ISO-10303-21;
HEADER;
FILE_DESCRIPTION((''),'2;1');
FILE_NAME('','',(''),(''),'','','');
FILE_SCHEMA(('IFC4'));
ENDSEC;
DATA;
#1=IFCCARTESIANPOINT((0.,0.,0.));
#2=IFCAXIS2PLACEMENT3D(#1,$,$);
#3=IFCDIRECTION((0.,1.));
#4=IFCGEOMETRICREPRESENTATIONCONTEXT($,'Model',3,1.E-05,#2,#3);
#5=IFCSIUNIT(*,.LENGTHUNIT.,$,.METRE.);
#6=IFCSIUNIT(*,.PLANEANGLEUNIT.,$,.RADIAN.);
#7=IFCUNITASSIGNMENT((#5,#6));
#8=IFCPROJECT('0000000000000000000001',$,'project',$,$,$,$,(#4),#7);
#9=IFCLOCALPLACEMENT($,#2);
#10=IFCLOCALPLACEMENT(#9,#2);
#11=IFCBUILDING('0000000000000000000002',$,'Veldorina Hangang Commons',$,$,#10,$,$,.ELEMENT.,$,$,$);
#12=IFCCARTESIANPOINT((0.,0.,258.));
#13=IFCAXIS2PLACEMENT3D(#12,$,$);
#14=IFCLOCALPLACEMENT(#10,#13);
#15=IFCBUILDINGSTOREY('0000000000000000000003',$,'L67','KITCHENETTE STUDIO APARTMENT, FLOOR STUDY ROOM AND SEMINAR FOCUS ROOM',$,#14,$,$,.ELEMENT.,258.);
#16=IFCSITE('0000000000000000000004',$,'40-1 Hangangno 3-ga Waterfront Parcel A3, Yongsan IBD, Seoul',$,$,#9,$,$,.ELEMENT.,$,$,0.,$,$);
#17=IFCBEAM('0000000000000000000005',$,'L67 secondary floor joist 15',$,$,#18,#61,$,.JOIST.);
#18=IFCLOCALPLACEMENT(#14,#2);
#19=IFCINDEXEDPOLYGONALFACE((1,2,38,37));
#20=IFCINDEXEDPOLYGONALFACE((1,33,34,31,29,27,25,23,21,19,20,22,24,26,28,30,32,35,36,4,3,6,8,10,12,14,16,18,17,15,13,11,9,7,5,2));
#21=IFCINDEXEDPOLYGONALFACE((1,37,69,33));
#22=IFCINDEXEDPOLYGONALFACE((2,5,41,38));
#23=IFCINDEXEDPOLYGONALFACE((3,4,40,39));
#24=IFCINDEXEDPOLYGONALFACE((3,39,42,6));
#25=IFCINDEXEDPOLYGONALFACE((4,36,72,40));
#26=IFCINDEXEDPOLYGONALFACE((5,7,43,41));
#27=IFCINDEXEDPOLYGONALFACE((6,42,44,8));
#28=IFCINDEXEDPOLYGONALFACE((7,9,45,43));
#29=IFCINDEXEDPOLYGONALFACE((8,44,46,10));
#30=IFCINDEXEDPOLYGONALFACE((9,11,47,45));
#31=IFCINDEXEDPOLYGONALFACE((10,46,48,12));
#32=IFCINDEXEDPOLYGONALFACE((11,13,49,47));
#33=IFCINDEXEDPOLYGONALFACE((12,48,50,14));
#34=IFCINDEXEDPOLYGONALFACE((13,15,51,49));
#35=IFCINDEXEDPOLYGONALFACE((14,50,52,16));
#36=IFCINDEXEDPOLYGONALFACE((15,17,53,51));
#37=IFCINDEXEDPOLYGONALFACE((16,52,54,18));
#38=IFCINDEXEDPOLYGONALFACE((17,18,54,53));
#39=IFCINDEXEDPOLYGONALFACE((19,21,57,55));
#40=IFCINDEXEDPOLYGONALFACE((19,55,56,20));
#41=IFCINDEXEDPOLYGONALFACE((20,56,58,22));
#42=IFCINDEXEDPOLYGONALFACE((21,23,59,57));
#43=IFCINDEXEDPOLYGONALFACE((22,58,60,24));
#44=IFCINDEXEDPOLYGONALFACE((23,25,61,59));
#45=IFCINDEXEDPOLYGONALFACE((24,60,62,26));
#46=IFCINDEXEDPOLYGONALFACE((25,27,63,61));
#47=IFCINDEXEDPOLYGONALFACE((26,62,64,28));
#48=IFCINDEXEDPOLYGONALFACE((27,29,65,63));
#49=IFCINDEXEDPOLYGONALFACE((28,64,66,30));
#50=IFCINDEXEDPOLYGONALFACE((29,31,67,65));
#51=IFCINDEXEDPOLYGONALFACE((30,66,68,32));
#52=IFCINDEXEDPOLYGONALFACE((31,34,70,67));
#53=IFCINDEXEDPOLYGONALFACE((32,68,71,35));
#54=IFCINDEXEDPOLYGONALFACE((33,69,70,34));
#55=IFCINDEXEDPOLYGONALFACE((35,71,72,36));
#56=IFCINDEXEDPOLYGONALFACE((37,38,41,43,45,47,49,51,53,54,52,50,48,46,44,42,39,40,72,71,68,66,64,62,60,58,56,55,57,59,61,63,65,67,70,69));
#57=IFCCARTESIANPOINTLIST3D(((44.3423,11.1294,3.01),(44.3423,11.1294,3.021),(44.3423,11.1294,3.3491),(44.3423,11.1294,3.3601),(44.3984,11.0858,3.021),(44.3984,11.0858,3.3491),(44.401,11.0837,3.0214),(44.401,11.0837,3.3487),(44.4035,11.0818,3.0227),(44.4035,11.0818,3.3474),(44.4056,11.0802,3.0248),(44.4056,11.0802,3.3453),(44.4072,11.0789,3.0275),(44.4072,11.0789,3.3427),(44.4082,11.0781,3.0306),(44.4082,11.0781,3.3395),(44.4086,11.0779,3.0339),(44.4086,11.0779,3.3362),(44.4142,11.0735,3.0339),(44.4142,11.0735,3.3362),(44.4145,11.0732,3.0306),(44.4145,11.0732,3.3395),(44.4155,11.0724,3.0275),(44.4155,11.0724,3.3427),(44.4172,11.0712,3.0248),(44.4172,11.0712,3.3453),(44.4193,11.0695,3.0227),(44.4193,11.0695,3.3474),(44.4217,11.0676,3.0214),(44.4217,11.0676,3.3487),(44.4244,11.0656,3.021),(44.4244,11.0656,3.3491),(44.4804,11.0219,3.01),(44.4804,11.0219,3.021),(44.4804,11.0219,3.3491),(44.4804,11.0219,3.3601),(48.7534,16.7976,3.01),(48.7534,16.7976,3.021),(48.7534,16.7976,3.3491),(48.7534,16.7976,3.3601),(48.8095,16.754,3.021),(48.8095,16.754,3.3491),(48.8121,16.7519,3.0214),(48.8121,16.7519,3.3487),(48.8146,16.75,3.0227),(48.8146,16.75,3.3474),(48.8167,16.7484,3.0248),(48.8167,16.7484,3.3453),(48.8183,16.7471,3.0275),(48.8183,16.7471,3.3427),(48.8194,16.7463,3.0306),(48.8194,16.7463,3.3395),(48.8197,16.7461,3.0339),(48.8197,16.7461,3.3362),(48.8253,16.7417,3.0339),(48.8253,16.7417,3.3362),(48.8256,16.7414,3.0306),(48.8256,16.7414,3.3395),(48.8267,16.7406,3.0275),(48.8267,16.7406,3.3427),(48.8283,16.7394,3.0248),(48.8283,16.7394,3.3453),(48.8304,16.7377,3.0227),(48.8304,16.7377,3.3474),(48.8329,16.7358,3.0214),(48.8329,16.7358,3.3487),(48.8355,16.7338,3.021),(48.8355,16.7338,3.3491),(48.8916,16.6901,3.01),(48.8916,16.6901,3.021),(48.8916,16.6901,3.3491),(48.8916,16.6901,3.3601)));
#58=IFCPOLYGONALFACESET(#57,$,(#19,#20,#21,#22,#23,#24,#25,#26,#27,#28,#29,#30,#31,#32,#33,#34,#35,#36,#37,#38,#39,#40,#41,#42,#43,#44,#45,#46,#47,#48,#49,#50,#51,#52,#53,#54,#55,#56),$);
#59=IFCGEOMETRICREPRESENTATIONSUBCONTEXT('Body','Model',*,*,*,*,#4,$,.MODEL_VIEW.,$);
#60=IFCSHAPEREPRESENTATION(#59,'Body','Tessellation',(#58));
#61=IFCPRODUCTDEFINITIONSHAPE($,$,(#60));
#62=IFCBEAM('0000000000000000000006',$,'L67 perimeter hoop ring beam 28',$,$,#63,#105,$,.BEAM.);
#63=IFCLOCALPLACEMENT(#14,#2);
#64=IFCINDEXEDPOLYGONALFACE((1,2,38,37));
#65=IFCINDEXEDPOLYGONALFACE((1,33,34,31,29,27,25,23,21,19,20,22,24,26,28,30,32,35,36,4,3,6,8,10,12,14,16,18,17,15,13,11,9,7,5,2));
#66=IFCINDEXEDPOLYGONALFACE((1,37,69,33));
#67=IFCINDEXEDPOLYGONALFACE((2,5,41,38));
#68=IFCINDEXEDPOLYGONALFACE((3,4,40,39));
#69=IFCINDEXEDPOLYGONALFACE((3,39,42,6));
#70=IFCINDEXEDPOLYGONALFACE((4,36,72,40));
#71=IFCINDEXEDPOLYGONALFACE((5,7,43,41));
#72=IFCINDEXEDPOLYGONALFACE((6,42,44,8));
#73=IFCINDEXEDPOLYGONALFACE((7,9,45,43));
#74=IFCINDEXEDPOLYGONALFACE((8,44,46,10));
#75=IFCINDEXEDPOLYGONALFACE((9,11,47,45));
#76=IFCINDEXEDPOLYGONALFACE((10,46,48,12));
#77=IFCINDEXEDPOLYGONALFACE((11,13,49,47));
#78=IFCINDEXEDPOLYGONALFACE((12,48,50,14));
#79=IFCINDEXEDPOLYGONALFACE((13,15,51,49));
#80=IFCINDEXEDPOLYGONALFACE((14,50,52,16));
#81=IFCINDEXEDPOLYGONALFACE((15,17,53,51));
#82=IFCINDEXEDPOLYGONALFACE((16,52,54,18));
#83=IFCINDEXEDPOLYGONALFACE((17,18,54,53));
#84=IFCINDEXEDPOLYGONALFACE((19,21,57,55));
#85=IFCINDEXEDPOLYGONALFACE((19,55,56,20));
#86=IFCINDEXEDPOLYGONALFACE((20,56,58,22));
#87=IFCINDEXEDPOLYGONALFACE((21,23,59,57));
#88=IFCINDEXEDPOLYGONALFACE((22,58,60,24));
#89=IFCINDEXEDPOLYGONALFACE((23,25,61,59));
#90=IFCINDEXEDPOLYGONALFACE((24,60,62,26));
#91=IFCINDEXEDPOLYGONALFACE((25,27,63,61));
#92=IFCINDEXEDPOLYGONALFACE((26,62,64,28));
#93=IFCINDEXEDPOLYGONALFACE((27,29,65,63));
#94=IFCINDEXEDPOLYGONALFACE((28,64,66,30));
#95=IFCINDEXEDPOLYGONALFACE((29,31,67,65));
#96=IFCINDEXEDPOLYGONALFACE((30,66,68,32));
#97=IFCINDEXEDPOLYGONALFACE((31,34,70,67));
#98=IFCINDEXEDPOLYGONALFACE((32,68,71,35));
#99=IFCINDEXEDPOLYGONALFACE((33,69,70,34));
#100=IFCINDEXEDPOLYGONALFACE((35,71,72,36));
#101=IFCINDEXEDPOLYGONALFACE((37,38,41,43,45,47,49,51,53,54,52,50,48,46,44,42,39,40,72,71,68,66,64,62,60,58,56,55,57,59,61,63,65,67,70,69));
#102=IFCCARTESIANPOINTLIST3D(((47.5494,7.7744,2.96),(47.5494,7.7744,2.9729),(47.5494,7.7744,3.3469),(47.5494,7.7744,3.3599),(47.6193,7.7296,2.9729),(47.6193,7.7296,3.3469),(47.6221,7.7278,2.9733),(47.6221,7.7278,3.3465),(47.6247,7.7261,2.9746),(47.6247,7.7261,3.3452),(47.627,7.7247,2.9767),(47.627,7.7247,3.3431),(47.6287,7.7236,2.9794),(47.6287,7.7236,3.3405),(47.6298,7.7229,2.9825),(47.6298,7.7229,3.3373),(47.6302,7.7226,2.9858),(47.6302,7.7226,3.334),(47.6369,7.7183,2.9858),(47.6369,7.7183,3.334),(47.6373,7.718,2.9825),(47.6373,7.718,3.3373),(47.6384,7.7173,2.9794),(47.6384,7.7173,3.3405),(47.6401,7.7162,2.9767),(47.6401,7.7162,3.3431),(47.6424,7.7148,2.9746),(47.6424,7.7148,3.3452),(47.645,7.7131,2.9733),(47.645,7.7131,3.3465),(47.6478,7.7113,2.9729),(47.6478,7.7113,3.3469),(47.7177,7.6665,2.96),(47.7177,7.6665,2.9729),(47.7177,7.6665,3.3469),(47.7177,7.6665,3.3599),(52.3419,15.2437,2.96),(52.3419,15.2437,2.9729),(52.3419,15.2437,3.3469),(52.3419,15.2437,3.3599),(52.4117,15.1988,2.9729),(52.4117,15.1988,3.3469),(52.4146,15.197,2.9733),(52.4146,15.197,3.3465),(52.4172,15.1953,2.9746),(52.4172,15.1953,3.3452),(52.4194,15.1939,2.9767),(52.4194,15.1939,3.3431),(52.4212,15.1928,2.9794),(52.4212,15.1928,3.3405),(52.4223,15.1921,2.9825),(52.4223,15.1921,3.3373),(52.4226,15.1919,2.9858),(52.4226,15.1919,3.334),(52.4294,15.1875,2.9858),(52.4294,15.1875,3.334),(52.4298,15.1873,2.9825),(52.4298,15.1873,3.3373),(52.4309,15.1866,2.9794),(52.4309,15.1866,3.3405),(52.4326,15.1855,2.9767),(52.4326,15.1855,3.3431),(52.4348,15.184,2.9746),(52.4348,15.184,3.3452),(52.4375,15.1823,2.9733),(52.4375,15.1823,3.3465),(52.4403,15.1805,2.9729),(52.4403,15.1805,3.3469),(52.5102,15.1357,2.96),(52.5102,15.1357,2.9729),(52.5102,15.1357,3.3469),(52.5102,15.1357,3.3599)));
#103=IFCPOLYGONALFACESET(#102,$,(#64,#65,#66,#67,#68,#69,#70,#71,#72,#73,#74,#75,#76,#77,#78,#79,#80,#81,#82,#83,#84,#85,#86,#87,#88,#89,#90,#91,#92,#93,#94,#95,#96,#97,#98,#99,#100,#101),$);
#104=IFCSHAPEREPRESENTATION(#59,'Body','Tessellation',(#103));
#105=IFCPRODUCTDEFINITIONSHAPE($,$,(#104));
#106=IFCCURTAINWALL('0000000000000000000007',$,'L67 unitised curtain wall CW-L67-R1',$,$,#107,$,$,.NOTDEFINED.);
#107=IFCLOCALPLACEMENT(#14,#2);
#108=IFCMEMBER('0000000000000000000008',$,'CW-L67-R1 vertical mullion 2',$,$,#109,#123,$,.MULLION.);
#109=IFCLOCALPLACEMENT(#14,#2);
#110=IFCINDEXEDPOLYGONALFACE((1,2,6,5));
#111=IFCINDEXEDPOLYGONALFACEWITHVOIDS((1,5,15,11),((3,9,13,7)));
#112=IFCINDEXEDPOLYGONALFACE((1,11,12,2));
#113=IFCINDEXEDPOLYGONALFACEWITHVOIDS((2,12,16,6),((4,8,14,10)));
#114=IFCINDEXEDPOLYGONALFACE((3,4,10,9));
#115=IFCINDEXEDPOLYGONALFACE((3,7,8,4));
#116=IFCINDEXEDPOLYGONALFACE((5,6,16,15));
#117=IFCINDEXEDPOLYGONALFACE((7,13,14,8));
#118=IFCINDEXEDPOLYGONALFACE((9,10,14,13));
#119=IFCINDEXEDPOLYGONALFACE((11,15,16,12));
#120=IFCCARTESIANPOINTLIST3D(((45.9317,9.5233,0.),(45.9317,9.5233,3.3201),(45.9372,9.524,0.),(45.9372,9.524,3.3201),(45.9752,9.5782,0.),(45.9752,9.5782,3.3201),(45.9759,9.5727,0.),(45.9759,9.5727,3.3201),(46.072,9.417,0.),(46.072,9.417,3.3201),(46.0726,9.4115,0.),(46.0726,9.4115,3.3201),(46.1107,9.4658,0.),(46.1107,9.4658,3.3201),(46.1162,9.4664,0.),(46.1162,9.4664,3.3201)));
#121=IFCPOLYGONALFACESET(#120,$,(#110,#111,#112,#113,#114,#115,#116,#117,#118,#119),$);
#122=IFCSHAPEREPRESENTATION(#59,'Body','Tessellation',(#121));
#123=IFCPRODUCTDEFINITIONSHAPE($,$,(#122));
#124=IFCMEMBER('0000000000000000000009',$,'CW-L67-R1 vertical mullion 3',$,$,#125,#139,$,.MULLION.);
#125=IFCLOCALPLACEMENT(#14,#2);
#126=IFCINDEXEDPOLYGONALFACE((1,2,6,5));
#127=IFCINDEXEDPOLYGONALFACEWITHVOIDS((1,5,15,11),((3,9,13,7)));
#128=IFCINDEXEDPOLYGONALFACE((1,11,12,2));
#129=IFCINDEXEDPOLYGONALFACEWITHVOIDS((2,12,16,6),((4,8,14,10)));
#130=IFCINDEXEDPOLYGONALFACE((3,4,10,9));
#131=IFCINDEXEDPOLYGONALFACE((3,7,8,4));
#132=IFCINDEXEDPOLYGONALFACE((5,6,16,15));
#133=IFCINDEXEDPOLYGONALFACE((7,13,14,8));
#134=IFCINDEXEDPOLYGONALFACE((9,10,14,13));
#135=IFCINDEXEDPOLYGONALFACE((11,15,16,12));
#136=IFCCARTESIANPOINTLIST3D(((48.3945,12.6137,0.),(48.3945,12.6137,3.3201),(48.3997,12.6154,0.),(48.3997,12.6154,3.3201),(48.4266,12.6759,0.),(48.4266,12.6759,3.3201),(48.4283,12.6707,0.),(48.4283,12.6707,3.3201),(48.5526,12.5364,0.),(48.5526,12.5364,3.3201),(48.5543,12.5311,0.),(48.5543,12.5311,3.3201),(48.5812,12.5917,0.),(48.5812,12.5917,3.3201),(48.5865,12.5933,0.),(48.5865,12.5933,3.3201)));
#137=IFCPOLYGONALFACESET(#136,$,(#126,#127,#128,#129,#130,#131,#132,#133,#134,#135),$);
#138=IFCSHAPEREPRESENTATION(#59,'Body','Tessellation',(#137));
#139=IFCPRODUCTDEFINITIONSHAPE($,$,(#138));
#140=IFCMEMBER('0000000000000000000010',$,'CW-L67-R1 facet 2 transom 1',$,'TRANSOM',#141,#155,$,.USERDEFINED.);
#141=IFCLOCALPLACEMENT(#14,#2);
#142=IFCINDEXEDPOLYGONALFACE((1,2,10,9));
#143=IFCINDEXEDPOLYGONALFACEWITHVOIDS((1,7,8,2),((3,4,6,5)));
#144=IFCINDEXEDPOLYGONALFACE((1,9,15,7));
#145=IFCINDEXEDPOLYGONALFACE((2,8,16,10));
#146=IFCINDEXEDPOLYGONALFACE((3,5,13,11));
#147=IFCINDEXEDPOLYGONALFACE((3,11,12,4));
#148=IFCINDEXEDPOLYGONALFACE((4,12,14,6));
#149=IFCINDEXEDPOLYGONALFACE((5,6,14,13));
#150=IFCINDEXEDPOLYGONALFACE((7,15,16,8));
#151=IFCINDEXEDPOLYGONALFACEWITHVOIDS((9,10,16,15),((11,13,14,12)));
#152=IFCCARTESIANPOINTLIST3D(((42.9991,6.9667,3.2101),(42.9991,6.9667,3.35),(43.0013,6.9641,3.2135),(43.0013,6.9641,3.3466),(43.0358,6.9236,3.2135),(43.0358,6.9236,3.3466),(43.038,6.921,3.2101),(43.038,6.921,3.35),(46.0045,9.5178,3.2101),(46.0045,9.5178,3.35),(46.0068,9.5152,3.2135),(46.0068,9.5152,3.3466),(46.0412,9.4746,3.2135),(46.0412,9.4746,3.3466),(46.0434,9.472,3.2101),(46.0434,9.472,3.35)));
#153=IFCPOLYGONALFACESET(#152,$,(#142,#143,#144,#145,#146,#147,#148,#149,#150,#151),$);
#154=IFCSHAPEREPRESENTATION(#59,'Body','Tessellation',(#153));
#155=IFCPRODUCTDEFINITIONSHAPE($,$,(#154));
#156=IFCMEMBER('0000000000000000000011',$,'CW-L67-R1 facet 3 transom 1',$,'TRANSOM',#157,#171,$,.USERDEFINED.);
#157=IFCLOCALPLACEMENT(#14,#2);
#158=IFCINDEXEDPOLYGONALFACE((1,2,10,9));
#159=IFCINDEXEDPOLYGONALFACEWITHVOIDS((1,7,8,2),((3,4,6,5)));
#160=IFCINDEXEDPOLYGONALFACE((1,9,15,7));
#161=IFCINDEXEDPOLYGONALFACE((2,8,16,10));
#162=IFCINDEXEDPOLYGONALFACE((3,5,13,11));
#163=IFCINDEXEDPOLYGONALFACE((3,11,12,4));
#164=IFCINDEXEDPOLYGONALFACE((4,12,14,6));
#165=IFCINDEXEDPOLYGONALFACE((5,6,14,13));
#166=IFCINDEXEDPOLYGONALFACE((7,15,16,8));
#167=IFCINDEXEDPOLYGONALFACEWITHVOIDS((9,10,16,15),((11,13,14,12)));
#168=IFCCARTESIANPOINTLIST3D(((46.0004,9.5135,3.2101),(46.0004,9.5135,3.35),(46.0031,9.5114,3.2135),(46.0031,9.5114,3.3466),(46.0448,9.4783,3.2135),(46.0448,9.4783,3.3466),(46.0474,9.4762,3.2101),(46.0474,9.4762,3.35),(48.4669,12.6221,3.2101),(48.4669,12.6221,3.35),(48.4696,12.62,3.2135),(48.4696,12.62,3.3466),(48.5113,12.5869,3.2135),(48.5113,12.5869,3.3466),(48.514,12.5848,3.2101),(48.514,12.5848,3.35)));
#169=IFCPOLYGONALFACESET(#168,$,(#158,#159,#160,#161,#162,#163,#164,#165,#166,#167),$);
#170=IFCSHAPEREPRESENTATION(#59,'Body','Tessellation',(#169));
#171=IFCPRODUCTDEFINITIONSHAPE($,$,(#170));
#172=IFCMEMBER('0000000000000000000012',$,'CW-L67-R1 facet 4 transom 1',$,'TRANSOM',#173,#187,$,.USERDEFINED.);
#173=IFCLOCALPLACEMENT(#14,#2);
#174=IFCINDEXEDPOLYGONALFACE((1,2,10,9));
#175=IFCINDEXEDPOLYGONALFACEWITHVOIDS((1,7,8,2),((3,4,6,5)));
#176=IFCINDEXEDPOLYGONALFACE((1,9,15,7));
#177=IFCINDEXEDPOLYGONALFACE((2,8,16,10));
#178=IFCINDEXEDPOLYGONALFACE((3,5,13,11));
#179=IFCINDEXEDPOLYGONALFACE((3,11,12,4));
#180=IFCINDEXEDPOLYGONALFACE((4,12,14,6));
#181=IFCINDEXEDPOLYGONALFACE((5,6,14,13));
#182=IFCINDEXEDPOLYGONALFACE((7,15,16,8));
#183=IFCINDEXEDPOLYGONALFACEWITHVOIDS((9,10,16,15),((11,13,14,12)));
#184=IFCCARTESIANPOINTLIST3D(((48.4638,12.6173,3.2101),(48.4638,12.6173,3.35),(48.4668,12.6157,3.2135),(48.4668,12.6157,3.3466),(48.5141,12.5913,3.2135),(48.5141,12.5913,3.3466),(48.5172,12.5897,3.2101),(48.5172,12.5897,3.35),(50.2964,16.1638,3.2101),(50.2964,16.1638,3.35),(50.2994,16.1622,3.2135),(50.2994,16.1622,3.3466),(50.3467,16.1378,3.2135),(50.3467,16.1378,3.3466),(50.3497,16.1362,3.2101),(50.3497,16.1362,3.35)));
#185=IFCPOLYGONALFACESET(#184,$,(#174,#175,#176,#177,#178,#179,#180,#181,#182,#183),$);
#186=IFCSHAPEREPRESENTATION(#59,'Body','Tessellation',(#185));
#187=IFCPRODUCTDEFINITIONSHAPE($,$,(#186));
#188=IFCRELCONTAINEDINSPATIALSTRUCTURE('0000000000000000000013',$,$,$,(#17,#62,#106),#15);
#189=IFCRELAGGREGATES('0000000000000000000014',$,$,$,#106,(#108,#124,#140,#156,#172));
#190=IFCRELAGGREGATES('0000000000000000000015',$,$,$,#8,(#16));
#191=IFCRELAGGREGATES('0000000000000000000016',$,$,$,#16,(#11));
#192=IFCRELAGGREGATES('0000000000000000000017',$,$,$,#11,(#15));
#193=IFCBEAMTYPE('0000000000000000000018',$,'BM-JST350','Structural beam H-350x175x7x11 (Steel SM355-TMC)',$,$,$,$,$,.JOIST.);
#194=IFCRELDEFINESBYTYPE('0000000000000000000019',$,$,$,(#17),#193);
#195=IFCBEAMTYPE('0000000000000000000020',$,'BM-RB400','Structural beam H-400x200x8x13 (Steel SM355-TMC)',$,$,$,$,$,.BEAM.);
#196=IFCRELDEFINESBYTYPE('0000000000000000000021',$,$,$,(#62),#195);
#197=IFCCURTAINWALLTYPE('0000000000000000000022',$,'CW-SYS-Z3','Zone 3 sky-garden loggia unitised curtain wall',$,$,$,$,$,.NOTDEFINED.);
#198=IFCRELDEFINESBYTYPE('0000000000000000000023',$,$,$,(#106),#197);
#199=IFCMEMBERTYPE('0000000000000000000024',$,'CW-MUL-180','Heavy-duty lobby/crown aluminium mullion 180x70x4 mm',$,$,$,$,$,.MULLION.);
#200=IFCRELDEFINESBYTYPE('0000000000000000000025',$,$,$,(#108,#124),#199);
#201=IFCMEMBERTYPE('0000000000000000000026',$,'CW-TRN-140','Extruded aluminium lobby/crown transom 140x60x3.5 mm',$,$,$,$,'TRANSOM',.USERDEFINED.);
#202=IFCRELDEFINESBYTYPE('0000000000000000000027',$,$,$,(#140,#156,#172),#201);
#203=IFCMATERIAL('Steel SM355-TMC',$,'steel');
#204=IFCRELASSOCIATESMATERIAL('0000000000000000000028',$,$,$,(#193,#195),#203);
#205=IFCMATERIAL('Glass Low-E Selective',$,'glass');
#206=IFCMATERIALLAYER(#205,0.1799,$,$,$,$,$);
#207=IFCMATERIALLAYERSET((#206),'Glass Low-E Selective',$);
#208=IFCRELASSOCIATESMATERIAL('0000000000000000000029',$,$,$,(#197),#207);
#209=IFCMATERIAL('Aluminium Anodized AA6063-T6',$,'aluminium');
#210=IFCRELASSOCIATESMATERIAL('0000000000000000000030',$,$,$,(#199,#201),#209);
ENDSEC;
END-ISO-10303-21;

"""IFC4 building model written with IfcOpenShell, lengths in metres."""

from ifc_helpers import new_model, si_unit, direction, frame, origin, origin_2d, place, context, subcontext, project, spatial, hollow_rectangle, i_section, extrude, material, layer, layer_set, material_profile, profile_set, type_object, element, aggregate, save


model = new_model("IFC4")

# Units and contexts
model_context = context("Model", 3, precision=1e-05, world=origin(), true_north=direction((0.0, 1.0)))
body_context = subcontext(model_context, "Body", "Model", "MODEL_VIEW")
ifc_project = project(units=[si_unit("LENGTHUNIT", "METRE"), si_unit("PLANEANGLEUNIT", "RADIAN")], contexts=[model_context])

# Site, building, storey
site_placement = place(None, origin())
site = spatial("IfcSite", under=ifc_project, at=site_placement, Name="40-1 Hangangno 3-ga Waterfront Parcel A3, Yongsan IBD, Seoul", CompositionType="ELEMENT", RefElevation=0.0)
building_placement = place(site_placement, origin())
building = spatial("IfcBuilding", under=site, at=building_placement, Name="Veldorina Hangang Commons", CompositionType="ELEMENT")
storey_placement = place(building_placement, frame((0.0, 0.0, 258.0)))
storey = spatial("IfcBuildingStorey", under=building, at=storey_placement, Name="L67", Description="KITCHENETTE STUDIO APARTMENT, FLOOR STUDY ROOM AND SEMINAR FOCUS ROOM", CompositionType="ELEMENT", Elevation=258.0)

# Beams
ifc_material_1 = material(Name="Steel SM355-TMC", Category="steel")
ifc_material_profile_1 = material_profile(ifc_material_1, i_section(OverallWidth=0.175, OverallDepth=0.3501, WebThickness=0.0071, FlangeThickness=0.011, FilletRadius=0.0129, at=origin_2d()), Name="H-350x175x7x11")
ifc_profile_set_1 = profile_set([ifc_material_profile_1], Name="Steel SM355-TMC")
beam_type_1 = type_object("IfcBeamType", Name="BM-JST350", Description="Structural beam H-350x175x7x11 (Steel SM355-TMC)", PredefinedType="JOIST", material=ifc_profile_set_1)
beam_1_placement = place(storey_placement, frame((44.4114, 11.0757, 3.1851), z_axis=(0.614159, 0.789182, 0.0), x_axis=(-0.789182, 0.614159, 0.0)))
element("IfcBeam", 1, at=beam_1_placement, inside=storey, type_object=beam_type_1, Name="L67 secondary floor joist 15", PredefinedType="JOIST", context=body_context, shape_type="SweptSolid", body=[
    extrude(i_section(OverallWidth=0.175, OverallDepth=0.3501, WebThickness=0.0071, FlangeThickness=0.011, FilletRadius=0.0129, at=origin_2d()), origin(), (0.0, 0.0, 1.0), 7.1824),
])
ifc_material_profile_2 = material_profile(ifc_material_1, i_section(OverallWidth=0.2, OverallDepth=0.3999, WebThickness=0.0081, FlangeThickness=0.0129, FilletRadius=0.0129, at=origin_2d()), Name="H-400x200x8x13")
ifc_profile_set_2 = profile_set([ifc_material_profile_2], Name="Steel SM355-TMC")
beam_type_2 = type_object("IfcBeamType", Name="BM-RB400", Description="Structural beam H-400x200x8x13 (Steel SM355-TMC)", PredefinedType="BEAM", material=ifc_profile_set_2)
beam_2_placement = place(storey_placement, frame((47.6335, 7.7205, 3.1599), z_axis=(0.540026, 0.841648, 0.0), x_axis=(-0.841648, 0.540026, 0.0)))
element("IfcBeam", 2, at=beam_2_placement, inside=storey, type_object=beam_type_2, Name="L67 perimeter hoop ring beam 28", PredefinedType="BEAM", context=body_context, shape_type="SweptSolid", body=[
    extrude(i_section(OverallWidth=0.2, OverallDepth=0.3999, WebThickness=0.0081, FlangeThickness=0.0129, FilletRadius=0.0129, at=origin_2d()), origin(), (0.0, 0.0, 1.0), 8.8745),
])

# Curtain wall, members
ifc_material_2 = material(Name="Glass Low-E Selective", Category="glass")
ifc_layer_1 = layer(ifc_material_2, 0.1799)
ifc_layer_set_1 = layer_set([ifc_layer_1], Name="Glass Low-E Selective")
curtain_wall_type = type_object("IfcCurtainWallType", Name="CW-SYS-Z3", Description="Zone 3 sky-garden loggia unitised curtain wall", PredefinedType="NOTDEFINED", material=ifc_layer_set_1)
curtain_wall_placement = place(storey_placement, origin())
curtain_wall = element("IfcCurtainWall", 3, at=curtain_wall_placement, inside=storey, type_object=curtain_wall_type, Name="L67 unitised curtain wall CW-L67-R1", PredefinedType="NOTDEFINED")
ifc_material_3 = material(Name="Aluminium Anodized AA6063-T6", Category="aluminium")
ifc_material_profile_3 = material_profile(ifc_material_3, hollow_rectangle(XDim=0.0701, YDim=0.1799, WallThickness=0.0039, at=origin_2d()), Name="ALU-RHS-180x70x4")
ifc_profile_set_3 = profile_set([ifc_material_profile_3], Name="Aluminium Anodized AA6063-T6")
member_type_1 = type_object("IfcMemberType", Name="CW-MUL-180", Description="Heavy-duty lobby/crown aluminium mullion 180x70x4 mm", PredefinedType="MULLION", material=ifc_profile_set_3)
member_1_placement = place(storey_placement, frame((46.0239, 9.4949, 0.0), z_axis=(0.0, 0.0, 1.0), x_axis=(0.621572, 0.783357, 0.0)))
member_1 = element("IfcMember", 4, at=member_1_placement, type_object=member_type_1, Name="CW-L67-R1 vertical mullion 2", PredefinedType="MULLION", context=body_context, shape_type="SweptSolid", body=[
    extrude(hollow_rectangle(XDim=0.0701, YDim=0.1799, WallThickness=0.0039, at=origin_2d()), origin(), (0.0, 0.0, 1.0), 3.3201),
])
member_2_placement = place(storey_placement, frame((48.4905, 12.6035, 0.0), z_axis=(0.0, 0.0, 1.0), x_axis=(0.459084, 0.888393, 0.0)))
member_2 = element("IfcMember", 5, at=member_2_placement, type_object=member_type_1, Name="CW-L67-R1 vertical mullion 3", PredefinedType="MULLION", context=body_context, shape_type="SweptSolid", body=[
    extrude(hollow_rectangle(XDim=0.0701, YDim=0.1799, WallThickness=0.0039, at=origin_2d()), origin(), (0.0, 0.0, 1.0), 3.3201),
])
ifc_material_profile_4 = material_profile(ifc_material_3, hollow_rectangle(XDim=0.0601, YDim=0.1399, WallThickness=0.0034, at=origin_2d()), Name="ALU-RHS-140x60x3.5")
ifc_profile_set_4 = profile_set([ifc_material_profile_4], Name="Aluminium Anodized AA6063-T6")
member_type_2 = type_object("IfcMemberType", Name="CW-TRN-140", Description="Extruded aluminium lobby/crown transom 140x60x3.5 mm", ElementType="TRANSOM", PredefinedType="USERDEFINED", material=ifc_profile_set_4)
member_3_placement = place(storey_placement, frame((43.0186, 6.9438, 3.28), z_axis=(0.762382, 0.647127, 0.0), x_axis=(-0.647127, 0.762382, 0.0)))
member_3 = element("IfcMember", 6, at=member_3_placement, type_object=member_type_2, Name="CW-L67-R1 facet 2 transom 1", ObjectType="TRANSOM", PredefinedType="USERDEFINED", context=body_context, shape_type="SweptSolid", body=[
    extrude(hollow_rectangle(XDim=0.0601, YDim=0.1399, WallThickness=0.0034, at=origin_2d()), origin(), (0.0, 0.0, 1.0), 3.9421),
])
member_4_placement = place(storey_placement, frame((46.0239, 9.4949, 3.28), z_axis=(0.621561, 0.783365, 0.0), x_axis=(-0.783365, 0.621561, 0.0)))
member_4 = element("IfcMember", 7, at=member_4_placement, type_object=member_type_2, Name="CW-L67-R1 facet 3 transom 1", ObjectType="TRANSOM", PredefinedType="USERDEFINED", context=body_context, shape_type="SweptSolid", body=[
    extrude(hollow_rectangle(XDim=0.0601, YDim=0.1399, WallThickness=0.0034, at=origin_2d()), origin(), (0.0, 0.0, 1.0), 3.9683),
])
member_5_placement = place(storey_placement, frame((48.4905, 12.6035, 3.28), z_axis=(0.459063, 0.888403, 0.0), x_axis=(-0.888403, 0.459063, 0.0)))
member_5 = element("IfcMember", 8, at=member_5_placement, type_object=member_type_2, Name="CW-L67-R1 facet 4 transom 1", ObjectType="TRANSOM", PredefinedType="USERDEFINED", context=body_context, shape_type="SweptSolid", body=[
    extrude(hollow_rectangle(XDim=0.0601, YDim=0.1399, WallThickness=0.0034, at=origin_2d()), origin(), (0.0, 0.0, 1.0), 3.9919),
])

aggregate(curtain_wall, [member_1, member_2, member_3, member_4, member_5])

save(model, "model.ifc")
